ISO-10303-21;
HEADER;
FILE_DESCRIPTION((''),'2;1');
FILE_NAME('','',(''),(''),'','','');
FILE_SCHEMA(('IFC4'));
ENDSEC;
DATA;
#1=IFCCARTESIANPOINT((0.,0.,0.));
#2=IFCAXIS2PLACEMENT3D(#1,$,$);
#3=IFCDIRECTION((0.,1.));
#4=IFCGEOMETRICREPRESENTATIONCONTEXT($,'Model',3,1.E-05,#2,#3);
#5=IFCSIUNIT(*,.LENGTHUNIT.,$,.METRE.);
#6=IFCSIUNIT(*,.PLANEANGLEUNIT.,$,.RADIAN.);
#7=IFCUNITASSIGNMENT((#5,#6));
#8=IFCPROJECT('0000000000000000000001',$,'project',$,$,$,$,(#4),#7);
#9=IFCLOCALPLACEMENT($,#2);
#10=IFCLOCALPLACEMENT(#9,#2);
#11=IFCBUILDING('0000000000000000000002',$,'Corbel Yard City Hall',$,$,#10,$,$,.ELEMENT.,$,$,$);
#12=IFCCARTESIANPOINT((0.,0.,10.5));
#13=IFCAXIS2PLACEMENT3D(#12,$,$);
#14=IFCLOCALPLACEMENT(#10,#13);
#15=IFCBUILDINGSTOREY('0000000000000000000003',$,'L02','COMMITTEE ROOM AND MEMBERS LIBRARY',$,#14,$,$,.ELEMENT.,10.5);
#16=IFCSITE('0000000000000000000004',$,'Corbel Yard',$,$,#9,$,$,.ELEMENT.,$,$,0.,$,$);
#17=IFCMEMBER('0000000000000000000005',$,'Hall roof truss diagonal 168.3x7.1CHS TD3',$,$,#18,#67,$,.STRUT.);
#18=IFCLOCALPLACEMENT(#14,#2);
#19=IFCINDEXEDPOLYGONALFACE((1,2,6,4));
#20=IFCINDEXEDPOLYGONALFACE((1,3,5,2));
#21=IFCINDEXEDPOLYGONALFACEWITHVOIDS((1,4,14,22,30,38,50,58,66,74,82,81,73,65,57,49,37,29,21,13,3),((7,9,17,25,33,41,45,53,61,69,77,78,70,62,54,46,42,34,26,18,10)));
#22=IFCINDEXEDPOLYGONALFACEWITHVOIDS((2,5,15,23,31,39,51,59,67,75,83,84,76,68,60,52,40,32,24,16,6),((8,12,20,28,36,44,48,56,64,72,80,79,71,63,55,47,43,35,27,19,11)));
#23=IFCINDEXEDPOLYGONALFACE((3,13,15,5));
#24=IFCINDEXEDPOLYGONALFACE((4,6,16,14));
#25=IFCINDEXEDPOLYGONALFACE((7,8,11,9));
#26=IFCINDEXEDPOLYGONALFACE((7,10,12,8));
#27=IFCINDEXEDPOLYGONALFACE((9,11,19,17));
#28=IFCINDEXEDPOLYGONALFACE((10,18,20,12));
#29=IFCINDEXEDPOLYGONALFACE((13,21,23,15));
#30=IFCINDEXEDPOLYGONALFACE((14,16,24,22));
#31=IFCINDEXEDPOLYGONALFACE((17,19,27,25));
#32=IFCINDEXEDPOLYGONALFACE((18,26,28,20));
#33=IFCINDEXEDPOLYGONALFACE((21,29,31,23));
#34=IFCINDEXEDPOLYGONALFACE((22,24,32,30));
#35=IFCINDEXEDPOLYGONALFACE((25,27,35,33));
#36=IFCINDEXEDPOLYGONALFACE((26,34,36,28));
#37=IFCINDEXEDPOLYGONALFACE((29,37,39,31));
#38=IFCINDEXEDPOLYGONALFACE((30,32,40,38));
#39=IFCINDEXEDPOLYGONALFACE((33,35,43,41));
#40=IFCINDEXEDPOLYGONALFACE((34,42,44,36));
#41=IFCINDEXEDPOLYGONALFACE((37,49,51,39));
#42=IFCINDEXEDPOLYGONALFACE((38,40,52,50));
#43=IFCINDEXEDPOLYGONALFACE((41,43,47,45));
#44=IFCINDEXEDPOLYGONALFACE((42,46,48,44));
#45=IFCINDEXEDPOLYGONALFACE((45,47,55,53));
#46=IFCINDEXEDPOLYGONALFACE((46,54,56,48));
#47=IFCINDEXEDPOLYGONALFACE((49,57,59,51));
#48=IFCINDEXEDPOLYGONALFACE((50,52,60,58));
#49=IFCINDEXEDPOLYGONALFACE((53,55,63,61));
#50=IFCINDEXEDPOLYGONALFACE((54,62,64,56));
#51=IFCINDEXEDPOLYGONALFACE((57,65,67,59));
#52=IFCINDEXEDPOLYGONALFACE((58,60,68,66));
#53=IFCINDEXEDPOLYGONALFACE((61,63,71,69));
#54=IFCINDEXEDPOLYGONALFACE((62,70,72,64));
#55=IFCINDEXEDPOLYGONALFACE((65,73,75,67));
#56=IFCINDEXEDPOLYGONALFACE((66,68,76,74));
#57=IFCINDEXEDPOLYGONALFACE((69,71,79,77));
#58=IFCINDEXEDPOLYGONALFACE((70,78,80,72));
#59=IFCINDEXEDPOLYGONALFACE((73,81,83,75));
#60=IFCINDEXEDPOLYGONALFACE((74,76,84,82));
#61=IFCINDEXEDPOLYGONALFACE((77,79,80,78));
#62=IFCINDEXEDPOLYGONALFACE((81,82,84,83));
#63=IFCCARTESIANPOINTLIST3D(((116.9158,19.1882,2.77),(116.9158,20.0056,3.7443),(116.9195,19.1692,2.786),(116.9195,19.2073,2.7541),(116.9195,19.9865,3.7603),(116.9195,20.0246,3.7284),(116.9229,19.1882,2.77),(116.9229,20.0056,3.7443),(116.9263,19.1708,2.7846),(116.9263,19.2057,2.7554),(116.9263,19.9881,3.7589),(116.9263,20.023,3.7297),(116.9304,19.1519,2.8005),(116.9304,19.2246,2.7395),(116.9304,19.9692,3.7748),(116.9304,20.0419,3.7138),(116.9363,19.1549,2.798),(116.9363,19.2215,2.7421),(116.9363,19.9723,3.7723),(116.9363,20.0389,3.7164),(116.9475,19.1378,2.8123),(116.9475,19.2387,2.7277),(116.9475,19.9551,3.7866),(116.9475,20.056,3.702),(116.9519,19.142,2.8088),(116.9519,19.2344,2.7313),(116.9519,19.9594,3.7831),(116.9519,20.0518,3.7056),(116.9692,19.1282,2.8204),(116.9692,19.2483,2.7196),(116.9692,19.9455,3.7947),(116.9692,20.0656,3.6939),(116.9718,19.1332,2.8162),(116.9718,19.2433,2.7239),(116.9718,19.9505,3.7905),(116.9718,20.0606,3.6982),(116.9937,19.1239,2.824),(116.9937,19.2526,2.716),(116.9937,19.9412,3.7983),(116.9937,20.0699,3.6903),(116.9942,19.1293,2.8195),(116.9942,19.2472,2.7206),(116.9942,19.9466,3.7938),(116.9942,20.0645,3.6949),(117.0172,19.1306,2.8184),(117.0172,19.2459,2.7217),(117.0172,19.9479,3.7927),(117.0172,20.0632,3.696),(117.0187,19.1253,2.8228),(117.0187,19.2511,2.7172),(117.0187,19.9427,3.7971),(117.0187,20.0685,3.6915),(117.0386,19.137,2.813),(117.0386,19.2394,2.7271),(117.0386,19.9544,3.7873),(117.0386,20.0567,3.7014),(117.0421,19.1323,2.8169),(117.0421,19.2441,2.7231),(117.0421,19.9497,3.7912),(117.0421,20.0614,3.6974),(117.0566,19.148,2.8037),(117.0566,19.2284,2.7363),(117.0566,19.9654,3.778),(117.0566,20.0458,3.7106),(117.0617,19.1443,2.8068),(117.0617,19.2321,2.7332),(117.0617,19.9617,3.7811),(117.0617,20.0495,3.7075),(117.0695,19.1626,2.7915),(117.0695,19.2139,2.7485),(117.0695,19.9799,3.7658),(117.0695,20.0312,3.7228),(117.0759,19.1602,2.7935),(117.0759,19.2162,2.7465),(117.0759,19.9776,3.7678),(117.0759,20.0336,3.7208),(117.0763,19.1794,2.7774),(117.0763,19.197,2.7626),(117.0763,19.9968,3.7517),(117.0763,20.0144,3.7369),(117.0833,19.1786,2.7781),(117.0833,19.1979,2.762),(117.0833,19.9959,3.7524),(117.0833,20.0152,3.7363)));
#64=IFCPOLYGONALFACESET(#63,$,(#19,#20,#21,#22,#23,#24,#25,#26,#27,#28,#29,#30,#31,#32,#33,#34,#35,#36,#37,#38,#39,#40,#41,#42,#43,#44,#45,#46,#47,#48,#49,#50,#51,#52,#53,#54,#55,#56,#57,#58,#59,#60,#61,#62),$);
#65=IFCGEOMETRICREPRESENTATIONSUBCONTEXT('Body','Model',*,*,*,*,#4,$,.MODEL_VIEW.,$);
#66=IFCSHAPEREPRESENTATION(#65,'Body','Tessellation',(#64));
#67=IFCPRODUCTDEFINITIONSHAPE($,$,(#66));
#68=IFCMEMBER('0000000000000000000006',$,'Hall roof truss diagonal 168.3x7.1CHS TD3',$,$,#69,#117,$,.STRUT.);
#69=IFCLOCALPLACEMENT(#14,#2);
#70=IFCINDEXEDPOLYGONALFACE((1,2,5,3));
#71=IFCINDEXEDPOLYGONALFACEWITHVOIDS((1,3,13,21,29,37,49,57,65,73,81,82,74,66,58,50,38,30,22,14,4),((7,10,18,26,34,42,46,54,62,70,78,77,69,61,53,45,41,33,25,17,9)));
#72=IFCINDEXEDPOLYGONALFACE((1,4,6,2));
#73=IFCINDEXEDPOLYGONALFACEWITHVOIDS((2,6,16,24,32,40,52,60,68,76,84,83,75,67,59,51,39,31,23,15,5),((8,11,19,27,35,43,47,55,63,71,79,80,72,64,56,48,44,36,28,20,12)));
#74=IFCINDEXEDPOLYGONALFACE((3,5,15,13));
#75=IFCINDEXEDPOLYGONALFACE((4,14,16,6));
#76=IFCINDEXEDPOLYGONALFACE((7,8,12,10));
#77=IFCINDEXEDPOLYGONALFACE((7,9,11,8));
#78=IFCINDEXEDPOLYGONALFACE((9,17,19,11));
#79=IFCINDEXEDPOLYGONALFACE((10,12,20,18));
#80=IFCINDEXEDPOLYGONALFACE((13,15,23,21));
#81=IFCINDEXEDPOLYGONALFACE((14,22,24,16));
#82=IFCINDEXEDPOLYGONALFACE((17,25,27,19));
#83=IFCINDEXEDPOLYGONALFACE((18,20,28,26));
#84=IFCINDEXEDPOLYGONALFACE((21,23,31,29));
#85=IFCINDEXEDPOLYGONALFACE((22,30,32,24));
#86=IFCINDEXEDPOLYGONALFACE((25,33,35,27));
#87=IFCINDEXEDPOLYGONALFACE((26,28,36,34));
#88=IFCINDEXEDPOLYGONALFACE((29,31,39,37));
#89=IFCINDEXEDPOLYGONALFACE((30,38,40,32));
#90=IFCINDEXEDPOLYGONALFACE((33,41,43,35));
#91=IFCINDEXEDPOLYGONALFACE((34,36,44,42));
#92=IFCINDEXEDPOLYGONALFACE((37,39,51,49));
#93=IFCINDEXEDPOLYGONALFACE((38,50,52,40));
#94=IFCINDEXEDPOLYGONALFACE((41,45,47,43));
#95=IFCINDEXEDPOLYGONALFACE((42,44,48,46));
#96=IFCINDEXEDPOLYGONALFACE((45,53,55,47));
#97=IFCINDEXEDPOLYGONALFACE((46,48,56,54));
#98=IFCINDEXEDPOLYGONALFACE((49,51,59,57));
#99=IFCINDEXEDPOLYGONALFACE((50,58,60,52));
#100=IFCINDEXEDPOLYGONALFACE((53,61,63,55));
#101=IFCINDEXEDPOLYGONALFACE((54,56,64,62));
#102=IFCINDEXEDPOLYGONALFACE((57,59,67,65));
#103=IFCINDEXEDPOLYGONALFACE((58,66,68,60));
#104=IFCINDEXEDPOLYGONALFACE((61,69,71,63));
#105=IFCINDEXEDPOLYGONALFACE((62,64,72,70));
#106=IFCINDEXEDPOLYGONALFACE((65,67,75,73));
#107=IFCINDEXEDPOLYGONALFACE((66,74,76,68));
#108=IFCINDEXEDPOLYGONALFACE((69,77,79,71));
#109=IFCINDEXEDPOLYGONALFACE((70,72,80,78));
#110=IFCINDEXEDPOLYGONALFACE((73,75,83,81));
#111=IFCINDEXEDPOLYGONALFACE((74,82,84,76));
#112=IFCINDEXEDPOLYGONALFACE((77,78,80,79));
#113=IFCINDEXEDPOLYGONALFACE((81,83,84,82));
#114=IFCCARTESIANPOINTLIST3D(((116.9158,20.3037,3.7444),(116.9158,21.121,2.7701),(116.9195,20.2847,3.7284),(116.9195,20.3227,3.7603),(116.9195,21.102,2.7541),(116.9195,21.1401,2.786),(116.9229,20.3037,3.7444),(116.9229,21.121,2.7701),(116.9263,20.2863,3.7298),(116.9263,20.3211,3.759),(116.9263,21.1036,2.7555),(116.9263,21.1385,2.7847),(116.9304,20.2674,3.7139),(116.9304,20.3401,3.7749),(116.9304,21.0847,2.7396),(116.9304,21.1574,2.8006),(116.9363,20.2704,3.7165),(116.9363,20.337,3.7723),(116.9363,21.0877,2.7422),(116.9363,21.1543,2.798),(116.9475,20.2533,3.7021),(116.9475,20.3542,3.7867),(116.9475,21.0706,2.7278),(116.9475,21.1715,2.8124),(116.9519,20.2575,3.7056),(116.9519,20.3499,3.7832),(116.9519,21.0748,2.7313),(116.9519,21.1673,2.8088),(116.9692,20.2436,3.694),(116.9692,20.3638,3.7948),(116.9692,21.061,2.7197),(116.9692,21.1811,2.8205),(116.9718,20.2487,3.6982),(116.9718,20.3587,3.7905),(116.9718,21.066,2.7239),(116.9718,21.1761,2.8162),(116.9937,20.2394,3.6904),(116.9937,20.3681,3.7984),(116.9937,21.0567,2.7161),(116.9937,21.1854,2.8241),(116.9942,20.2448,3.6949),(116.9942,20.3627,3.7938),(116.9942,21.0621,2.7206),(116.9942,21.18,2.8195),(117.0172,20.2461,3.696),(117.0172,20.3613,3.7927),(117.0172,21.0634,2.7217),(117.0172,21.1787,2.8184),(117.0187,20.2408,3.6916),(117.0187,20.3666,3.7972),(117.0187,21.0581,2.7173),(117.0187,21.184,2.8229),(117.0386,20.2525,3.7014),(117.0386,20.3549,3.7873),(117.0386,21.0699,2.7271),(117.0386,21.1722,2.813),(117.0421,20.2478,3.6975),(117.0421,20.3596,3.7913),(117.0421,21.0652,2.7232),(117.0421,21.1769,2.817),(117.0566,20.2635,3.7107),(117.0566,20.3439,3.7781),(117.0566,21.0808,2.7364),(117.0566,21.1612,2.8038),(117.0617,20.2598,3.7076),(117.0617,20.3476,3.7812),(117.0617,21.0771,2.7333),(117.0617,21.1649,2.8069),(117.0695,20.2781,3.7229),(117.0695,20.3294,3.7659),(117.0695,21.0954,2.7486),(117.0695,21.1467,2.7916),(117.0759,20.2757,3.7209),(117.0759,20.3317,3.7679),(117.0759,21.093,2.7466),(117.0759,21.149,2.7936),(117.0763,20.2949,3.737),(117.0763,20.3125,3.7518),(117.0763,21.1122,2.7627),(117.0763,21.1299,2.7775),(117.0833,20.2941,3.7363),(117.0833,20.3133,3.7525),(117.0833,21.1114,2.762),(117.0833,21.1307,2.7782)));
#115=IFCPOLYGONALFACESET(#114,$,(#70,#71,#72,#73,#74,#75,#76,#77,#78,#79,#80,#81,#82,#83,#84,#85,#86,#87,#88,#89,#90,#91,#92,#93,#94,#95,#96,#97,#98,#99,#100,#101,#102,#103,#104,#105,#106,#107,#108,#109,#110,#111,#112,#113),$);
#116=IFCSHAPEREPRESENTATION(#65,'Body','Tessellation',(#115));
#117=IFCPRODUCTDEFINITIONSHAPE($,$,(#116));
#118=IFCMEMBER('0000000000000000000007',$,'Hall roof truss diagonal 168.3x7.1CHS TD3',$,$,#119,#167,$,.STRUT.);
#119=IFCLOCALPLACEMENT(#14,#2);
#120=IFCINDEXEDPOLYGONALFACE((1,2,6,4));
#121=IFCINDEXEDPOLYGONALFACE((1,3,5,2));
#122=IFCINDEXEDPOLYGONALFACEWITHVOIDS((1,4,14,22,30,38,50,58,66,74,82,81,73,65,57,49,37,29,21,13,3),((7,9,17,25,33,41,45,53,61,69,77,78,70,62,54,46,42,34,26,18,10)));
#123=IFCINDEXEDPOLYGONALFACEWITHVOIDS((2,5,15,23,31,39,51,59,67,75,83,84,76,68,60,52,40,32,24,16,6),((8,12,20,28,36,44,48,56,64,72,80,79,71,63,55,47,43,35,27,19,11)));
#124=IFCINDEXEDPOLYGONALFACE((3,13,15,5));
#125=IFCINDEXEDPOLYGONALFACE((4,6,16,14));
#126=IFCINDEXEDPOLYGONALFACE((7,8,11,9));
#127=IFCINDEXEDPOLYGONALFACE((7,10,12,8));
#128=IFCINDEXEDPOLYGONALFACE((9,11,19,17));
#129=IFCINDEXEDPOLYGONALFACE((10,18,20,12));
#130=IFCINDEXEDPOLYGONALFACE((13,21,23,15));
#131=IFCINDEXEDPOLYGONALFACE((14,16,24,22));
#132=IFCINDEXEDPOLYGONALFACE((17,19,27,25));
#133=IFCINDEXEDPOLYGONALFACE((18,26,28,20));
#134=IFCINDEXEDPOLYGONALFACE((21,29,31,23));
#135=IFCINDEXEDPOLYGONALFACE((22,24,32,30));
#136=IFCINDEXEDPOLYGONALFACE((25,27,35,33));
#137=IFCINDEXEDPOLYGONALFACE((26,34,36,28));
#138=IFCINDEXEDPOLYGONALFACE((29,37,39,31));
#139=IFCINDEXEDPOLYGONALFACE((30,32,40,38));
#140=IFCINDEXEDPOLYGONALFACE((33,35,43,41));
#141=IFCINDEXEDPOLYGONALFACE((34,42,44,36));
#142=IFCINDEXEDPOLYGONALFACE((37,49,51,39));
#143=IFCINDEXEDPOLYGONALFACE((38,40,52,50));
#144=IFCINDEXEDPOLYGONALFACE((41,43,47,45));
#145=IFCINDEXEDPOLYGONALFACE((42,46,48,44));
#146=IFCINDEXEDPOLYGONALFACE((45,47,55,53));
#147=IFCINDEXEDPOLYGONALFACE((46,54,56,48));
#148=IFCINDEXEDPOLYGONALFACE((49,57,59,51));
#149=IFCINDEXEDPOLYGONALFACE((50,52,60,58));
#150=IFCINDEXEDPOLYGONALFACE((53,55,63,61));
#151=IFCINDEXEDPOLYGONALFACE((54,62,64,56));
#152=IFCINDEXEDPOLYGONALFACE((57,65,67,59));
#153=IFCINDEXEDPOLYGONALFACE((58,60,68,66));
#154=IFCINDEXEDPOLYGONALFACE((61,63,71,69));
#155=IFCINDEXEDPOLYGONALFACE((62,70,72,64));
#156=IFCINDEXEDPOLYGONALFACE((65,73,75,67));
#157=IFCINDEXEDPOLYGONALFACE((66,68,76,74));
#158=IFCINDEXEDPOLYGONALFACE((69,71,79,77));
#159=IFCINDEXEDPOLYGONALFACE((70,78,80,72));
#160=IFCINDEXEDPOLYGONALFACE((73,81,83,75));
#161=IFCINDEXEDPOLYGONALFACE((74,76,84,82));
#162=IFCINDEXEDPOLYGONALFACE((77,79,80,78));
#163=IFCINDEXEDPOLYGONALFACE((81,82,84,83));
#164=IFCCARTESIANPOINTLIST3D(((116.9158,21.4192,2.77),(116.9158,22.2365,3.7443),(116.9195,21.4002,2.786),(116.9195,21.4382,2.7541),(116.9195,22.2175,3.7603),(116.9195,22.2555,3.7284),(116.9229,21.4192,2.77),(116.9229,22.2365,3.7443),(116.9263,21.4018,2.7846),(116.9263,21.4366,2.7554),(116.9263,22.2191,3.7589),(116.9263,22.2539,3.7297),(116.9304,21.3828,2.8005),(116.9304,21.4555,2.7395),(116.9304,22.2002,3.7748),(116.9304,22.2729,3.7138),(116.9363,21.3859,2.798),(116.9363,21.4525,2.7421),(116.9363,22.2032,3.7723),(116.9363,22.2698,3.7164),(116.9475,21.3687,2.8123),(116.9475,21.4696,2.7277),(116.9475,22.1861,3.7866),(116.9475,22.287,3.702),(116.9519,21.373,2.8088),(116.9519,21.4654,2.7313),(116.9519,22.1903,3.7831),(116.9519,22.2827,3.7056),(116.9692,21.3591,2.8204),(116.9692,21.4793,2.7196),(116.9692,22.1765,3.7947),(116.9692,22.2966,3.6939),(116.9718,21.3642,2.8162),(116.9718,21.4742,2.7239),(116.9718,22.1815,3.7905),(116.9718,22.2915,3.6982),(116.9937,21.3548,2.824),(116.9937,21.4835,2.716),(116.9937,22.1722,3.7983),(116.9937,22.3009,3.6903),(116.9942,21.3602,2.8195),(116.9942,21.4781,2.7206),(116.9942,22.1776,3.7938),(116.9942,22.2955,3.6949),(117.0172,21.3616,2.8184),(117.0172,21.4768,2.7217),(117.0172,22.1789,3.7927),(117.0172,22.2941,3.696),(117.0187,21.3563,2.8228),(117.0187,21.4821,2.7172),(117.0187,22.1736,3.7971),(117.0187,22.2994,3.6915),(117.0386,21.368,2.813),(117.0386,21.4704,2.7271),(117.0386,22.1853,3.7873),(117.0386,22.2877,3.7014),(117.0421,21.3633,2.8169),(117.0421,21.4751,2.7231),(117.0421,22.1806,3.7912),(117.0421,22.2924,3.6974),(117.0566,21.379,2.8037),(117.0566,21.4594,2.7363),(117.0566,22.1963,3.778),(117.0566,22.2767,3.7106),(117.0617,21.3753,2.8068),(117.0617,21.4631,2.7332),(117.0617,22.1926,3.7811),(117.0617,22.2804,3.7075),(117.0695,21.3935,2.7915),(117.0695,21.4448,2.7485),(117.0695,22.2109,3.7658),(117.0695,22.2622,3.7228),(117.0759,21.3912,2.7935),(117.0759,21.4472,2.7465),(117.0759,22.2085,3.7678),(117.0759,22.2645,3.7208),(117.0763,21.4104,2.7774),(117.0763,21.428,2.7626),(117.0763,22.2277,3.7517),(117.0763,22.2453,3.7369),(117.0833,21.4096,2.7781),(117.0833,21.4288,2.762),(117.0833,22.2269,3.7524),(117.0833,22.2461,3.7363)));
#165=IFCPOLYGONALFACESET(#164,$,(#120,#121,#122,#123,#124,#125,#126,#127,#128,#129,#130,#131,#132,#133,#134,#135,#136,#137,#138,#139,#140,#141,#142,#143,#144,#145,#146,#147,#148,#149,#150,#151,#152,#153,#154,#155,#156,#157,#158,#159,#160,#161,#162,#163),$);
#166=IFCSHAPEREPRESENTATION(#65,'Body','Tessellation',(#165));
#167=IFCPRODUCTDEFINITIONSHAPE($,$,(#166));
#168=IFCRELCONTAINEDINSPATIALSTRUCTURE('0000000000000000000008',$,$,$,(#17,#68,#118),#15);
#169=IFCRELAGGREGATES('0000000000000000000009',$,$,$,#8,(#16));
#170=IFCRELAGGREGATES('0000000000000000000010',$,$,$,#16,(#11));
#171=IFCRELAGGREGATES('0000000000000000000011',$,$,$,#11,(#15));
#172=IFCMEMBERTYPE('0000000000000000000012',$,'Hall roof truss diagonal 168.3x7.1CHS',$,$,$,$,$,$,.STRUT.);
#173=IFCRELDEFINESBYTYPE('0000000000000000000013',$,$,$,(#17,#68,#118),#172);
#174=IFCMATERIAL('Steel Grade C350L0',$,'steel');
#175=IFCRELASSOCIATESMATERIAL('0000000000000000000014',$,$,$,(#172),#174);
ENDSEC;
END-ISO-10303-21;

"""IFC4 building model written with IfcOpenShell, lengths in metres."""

from ifc_helpers import new_model, si_unit, direction, frame, origin, origin_2d, place, context, subcontext, project, spatial, hollow_circle, extrude, material, material_profile, profile_set, type_object, element, save


model = new_model("IFC4")

# Units and contexts
model_context = context("Model", 3, precision=1e-05, world=origin(), true_north=direction((0.0, 1.0)))
body_context = subcontext(model_context, "Body", "Model", "MODEL_VIEW")
ifc_project = project(units=[si_unit("LENGTHUNIT", "METRE"), si_unit("PLANEANGLEUNIT", "RADIAN")], contexts=[model_context])

# Site, building, storey
site_placement = place(None, origin())
site = spatial("IfcSite", under=ifc_project, at=site_placement, Name="Corbel Yard", CompositionType="ELEMENT", RefElevation=0.0)
building_placement = place(site_placement, origin())
building = spatial("IfcBuilding", under=site, at=building_placement, Name="Corbel Yard City Hall", CompositionType="ELEMENT")
storey_placement = place(building_placement, frame((0.0, 0.0, 10.5)))
storey = spatial("IfcBuildingStorey", under=building, at=storey_placement, Name="L02", Description="COMMITTEE ROOM AND MEMBERS LIBRARY", CompositionType="ELEMENT", Elevation=10.5)

# Members
ifc_material_1 = material(Name="Steel Grade C350L0", Category="steel")
ifc_material_profile_1 = material_profile(ifc_material_1, hollow_circle(Radius=0.0842, WallThickness=0.0071, at=origin_2d()), Name="168.3x7.1CHS")
ifc_profile_set_1 = profile_set([ifc_material_profile_1], Name="Steel Grade C350L0")
member_type_1 = type_object("IfcMemberType", Name="Hall roof truss diagonal 168.3x7.1CHS", PredefinedType="STRUT", material=ifc_profile_set_1)
for number, where, z_axis, x_axis, name in (
    (1, (117.0, 19.1882, 2.77), (0.0, 0.642692, 0.766124), (-1.0, 0.0, 0.0), "Hall roof truss diagonal 168.3x7.1CHS TD3"),
    (2, (117.0, 20.3037, 3.7444), (0.0, 0.642692, -0.766124), (-1.0, 0.0, 0.0), "Hall roof truss diagonal 168.3x7.1CHS TD3"),
    (3, (117.0, 21.4192, 2.77), (0.0, 0.642692, 0.766124), (-1.0, 0.0, 0.0), "Hall roof truss diagonal 168.3x7.1CHS TD3"),
):
    element("IfcMember", number, at=place(storey_placement, frame(where, z_axis=z_axis, x_axis=x_axis)), inside=storey, type_object=member_type_1, Name=name, PredefinedType="STRUT", context=body_context, shape_type="SweptSolid", body=[
        extrude(hollow_circle(Radius=0.0842, WallThickness=0.0071, at=origin_2d()), origin(), (0.0, 0.0, 1.0), 1.2717),
    ])

save(model, "model.ifc")
